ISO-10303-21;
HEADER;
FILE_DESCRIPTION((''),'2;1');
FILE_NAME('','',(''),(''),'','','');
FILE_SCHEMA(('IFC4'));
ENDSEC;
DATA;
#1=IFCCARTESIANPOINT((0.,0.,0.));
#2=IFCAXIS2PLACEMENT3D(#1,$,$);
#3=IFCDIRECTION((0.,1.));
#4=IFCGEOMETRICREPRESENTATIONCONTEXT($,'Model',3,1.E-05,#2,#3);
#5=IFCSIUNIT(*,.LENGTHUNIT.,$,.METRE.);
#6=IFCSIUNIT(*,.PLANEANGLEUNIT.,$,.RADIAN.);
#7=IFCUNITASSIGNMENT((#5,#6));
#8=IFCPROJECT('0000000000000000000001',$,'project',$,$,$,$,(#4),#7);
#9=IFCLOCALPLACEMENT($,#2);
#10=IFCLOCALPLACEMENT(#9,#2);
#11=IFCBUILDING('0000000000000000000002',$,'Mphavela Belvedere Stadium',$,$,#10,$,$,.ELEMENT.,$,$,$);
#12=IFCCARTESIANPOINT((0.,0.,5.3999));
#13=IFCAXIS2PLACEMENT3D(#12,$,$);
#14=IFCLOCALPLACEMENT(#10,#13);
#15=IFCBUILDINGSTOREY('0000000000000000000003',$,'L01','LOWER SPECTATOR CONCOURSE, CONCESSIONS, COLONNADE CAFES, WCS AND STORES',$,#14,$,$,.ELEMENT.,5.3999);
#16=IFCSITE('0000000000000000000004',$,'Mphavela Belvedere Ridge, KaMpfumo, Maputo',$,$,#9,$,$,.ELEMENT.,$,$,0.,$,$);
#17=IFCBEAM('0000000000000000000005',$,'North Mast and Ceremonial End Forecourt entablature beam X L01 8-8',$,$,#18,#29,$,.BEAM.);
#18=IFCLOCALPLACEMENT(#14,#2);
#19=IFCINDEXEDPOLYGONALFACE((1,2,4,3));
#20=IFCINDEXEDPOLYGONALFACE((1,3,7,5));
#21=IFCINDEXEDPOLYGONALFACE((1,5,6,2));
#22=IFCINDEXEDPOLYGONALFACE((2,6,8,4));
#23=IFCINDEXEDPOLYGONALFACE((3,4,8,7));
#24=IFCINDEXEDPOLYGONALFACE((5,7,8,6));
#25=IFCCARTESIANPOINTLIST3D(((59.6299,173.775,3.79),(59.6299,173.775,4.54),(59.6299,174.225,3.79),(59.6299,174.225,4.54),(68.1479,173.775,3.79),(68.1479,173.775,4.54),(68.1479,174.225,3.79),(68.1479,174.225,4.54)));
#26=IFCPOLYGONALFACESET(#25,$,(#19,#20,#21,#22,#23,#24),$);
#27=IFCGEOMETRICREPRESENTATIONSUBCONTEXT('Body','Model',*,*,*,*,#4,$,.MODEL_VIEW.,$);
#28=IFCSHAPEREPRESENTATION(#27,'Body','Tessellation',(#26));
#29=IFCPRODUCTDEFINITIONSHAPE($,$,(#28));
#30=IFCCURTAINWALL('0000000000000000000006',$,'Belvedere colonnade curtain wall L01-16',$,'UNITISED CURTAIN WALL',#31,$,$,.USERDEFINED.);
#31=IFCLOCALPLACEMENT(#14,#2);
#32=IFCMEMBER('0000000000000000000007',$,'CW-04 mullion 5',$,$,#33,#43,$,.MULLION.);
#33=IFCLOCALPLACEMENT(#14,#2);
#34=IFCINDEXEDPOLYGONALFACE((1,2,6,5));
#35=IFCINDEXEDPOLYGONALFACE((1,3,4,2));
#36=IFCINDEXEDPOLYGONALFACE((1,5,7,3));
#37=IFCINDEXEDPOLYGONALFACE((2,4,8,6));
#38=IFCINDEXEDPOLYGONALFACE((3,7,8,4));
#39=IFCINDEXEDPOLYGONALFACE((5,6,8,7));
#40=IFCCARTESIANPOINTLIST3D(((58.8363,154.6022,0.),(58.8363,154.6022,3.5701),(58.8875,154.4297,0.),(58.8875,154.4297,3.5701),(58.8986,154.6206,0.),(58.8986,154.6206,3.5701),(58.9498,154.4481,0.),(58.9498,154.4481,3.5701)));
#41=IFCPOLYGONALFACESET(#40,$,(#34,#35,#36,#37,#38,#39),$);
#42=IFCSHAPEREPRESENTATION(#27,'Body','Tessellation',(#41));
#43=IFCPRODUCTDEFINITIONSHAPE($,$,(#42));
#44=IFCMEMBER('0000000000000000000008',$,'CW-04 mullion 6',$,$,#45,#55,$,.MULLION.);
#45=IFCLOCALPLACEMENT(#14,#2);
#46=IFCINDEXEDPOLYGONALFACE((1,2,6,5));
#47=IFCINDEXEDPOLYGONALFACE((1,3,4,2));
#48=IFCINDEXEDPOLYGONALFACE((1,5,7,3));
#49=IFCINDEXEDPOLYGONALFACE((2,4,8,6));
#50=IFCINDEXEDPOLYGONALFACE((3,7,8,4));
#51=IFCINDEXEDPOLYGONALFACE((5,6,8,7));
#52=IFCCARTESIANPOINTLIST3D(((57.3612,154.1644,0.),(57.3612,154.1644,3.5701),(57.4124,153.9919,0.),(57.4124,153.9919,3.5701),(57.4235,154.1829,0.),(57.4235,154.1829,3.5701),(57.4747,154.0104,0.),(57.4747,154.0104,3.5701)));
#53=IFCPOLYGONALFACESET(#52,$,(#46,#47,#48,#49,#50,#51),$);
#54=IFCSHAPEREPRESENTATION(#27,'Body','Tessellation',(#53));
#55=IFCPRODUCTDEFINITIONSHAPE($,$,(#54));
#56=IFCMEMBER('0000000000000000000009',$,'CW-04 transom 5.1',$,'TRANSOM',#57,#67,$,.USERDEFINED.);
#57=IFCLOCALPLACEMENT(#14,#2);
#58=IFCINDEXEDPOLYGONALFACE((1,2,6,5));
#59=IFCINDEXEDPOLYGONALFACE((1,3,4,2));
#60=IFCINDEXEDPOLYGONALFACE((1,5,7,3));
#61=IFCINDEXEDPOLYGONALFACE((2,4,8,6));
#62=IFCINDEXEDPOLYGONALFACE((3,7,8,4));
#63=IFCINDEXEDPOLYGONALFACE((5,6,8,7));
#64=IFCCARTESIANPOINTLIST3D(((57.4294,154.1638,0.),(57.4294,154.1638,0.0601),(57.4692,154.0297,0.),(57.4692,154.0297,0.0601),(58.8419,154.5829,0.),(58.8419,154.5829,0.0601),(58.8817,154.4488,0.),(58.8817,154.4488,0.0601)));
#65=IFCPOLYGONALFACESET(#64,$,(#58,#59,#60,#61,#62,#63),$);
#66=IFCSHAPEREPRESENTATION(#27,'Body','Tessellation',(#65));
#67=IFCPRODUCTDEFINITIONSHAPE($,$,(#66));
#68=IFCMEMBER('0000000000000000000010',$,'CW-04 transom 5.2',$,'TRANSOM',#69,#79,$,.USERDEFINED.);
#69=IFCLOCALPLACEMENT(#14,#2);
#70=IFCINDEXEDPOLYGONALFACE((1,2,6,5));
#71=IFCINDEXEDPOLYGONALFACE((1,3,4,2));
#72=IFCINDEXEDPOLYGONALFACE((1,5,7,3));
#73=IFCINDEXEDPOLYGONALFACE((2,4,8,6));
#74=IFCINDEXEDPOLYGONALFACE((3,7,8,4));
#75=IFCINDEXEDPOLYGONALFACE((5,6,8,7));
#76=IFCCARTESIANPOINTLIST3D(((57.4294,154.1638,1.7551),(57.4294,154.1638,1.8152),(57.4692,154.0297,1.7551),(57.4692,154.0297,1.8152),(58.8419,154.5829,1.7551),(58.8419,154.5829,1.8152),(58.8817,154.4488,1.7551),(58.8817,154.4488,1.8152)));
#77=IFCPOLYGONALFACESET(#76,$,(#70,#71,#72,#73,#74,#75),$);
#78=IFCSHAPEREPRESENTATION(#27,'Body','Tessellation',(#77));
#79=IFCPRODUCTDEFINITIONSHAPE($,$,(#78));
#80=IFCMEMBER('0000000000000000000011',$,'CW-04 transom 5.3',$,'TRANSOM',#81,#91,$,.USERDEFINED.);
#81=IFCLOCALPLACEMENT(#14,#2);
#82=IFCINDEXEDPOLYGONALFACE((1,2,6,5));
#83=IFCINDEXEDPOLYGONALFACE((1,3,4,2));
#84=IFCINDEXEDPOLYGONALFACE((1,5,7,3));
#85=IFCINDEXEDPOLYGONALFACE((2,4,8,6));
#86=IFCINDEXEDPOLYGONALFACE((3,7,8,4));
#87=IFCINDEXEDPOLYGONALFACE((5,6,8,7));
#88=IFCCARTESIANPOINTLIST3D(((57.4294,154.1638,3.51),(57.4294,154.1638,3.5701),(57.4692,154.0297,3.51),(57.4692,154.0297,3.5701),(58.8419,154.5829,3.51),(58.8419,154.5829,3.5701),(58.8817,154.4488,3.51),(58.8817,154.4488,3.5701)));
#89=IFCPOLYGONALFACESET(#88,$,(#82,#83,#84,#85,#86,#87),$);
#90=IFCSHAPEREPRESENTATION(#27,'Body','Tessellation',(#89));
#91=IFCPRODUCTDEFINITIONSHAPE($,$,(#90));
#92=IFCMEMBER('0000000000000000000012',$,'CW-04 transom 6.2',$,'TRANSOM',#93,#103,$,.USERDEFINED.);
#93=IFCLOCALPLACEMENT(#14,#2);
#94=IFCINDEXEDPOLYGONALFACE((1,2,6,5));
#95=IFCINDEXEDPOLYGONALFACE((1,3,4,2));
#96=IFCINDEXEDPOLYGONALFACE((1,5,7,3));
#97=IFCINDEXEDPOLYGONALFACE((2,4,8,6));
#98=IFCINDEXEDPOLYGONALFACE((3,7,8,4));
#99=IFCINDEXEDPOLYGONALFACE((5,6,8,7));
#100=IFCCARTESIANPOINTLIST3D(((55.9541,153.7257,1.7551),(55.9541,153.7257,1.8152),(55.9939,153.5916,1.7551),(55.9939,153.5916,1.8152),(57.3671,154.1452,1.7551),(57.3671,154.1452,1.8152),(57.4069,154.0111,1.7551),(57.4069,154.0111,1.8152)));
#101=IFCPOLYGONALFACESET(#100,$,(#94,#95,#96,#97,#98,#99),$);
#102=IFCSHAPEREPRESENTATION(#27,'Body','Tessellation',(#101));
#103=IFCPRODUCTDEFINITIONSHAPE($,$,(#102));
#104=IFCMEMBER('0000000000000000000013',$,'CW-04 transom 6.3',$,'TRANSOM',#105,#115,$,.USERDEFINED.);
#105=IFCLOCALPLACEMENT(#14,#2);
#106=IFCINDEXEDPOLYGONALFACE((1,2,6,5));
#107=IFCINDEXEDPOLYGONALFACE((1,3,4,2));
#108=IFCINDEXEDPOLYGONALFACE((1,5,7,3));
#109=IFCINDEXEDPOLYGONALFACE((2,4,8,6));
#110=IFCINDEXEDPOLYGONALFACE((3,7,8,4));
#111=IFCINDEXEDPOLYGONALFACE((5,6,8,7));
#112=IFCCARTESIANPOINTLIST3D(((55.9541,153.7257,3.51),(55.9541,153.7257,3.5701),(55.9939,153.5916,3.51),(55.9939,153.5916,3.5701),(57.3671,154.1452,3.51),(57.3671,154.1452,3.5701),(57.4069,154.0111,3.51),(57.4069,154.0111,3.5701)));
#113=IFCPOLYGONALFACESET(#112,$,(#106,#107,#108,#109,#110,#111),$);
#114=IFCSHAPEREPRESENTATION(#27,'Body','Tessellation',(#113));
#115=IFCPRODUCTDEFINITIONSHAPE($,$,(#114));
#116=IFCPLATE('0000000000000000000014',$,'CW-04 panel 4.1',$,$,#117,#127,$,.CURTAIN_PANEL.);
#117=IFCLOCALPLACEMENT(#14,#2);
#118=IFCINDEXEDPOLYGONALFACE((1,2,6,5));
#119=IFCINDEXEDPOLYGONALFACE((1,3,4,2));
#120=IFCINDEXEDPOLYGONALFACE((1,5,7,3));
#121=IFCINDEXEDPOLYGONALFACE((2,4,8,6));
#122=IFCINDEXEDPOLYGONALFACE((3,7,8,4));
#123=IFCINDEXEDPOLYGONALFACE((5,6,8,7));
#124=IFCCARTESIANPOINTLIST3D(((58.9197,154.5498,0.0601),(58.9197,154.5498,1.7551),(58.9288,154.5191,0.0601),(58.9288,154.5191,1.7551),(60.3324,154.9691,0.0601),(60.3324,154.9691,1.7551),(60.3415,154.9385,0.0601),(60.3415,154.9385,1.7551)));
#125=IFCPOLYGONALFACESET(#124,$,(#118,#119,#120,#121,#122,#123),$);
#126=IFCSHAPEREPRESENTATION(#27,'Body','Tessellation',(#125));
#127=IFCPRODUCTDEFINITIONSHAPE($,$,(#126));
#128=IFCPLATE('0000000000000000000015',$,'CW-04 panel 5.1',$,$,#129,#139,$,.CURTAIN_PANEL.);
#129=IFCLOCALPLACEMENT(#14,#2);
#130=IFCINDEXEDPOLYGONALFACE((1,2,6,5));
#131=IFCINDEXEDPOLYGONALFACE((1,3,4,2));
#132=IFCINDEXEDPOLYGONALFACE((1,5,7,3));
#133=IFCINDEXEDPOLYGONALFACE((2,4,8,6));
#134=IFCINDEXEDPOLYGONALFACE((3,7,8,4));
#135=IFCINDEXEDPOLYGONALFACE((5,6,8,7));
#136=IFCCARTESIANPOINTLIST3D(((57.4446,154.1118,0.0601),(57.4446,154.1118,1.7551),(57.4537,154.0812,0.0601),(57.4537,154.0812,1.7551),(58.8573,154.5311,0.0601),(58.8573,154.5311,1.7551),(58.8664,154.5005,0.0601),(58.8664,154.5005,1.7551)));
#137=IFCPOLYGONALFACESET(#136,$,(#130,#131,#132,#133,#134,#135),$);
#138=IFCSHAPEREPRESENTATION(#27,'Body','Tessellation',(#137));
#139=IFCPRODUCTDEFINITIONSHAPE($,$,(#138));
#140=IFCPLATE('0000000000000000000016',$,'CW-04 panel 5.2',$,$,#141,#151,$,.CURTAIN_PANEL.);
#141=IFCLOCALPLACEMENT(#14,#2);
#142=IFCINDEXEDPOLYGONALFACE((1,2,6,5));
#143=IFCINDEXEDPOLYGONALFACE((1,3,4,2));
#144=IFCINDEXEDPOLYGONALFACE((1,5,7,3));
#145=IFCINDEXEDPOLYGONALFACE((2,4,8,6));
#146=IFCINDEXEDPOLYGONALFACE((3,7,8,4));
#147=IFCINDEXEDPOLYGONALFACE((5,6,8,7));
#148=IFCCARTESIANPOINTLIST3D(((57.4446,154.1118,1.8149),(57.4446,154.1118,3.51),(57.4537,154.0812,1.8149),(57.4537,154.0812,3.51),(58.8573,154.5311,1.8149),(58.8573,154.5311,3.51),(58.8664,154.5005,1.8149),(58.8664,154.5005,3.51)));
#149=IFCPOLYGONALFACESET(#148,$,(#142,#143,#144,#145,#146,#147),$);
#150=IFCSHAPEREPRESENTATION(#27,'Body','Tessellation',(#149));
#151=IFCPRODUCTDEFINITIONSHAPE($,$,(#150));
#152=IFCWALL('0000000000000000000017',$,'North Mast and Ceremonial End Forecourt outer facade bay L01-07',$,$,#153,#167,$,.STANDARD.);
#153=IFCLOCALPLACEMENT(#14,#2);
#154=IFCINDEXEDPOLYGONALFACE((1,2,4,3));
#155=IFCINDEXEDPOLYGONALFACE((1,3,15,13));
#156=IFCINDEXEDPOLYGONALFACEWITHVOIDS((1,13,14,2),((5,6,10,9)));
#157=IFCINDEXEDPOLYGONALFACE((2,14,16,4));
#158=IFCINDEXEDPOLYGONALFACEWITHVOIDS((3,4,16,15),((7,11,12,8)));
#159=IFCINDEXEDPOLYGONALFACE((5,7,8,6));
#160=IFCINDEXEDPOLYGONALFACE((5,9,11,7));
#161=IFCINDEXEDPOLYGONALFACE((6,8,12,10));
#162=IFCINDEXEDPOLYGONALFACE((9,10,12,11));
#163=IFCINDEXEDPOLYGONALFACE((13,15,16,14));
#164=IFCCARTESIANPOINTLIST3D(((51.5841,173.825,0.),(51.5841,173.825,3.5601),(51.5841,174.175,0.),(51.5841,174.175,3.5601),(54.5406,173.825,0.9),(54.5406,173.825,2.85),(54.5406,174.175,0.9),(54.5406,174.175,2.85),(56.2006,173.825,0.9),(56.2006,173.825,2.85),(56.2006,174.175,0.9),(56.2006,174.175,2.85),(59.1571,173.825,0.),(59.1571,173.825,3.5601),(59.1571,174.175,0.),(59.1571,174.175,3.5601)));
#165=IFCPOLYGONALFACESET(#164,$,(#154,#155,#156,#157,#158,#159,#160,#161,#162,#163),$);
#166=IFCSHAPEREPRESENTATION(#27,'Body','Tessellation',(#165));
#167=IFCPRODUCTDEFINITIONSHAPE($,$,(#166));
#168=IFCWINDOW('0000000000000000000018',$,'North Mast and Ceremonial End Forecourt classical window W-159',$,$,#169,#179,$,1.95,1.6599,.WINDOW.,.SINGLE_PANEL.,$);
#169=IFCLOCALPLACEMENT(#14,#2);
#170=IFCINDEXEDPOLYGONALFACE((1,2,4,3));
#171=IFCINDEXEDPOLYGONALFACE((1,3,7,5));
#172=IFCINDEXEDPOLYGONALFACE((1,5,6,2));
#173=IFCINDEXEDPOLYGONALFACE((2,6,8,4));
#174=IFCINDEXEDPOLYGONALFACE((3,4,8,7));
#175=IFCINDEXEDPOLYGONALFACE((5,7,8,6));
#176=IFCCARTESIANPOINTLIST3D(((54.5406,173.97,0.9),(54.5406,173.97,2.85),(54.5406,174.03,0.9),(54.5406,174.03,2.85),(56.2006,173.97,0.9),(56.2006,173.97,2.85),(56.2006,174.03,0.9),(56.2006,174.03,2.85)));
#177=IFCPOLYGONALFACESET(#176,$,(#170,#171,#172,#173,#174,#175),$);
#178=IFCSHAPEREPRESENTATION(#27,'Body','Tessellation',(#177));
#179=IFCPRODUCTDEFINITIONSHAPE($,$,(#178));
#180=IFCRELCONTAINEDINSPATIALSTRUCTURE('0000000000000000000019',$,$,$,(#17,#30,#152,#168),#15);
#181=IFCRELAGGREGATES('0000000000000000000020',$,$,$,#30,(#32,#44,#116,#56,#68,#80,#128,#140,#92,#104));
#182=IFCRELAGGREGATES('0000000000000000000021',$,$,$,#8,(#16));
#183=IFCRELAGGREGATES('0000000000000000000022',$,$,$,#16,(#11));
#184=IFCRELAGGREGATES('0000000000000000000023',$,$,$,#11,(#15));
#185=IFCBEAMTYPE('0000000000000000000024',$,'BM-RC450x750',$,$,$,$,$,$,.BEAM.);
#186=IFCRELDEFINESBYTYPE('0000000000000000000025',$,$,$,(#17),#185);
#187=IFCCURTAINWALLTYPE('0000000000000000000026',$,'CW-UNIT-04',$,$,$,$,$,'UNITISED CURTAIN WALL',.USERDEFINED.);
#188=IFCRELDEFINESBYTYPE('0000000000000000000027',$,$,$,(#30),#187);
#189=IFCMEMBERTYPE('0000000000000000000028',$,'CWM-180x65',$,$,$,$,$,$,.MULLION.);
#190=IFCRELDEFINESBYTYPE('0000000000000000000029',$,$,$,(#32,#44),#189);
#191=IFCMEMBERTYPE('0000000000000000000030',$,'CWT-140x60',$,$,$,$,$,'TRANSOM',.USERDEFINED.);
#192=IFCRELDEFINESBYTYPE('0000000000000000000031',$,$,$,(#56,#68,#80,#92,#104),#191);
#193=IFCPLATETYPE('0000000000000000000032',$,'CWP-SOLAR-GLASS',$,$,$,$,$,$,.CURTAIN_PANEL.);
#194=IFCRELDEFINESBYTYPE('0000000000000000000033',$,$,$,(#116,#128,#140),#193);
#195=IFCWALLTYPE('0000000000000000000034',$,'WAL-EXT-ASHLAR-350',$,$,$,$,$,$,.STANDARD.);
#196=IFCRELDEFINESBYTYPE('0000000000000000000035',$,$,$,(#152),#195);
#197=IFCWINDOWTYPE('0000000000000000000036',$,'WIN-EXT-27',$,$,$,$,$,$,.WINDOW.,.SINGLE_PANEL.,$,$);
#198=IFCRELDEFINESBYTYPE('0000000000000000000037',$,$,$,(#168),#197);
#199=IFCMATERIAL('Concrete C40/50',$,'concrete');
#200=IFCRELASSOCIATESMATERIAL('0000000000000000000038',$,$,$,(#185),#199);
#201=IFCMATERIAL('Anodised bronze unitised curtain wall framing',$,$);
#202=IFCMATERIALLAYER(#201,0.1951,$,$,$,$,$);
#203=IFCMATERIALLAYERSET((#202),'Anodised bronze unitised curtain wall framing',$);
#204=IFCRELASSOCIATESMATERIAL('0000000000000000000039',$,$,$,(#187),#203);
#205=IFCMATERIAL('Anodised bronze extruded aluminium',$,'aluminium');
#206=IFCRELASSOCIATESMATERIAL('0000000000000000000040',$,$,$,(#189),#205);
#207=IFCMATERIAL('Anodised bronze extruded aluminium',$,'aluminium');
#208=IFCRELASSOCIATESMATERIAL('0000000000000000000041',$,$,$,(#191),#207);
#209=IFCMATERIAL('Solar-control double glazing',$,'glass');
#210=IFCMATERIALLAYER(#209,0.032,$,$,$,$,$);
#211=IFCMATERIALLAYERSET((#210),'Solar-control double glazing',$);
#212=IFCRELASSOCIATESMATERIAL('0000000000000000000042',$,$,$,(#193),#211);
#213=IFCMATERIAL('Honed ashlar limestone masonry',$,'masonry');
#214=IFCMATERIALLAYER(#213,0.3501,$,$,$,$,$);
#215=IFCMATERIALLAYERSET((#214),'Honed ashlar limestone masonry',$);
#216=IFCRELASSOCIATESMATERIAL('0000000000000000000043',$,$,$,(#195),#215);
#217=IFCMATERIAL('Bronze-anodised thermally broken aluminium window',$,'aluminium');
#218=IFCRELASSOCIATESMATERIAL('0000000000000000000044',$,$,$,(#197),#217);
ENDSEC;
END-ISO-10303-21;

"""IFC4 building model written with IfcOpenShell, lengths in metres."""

from ifc_helpers import new_model, si_unit, direction, frame, frame_2d, origin, origin_2d, place, context, subcontext, project, spatial, rectangle, extrude, material, layer, layer_set, material_profile, profile_set, type_object, element, fill, aggregate, save


model = new_model("IFC4")

# Units and contexts
model_context = context("Model", 3, precision=1e-05, world=origin(), true_north=direction((0.0, 1.0)))
body_context = subcontext(model_context, "Body", "Model", "MODEL_VIEW")
ifc_project = project(units=[si_unit("LENGTHUNIT", "METRE"), si_unit("PLANEANGLEUNIT", "RADIAN")], contexts=[model_context])

# Site, building, storey
site_placement = place(None, origin())
site = spatial("IfcSite", under=ifc_project, at=site_placement, Name="Mphavela Belvedere Ridge, KaMpfumo, Maputo", CompositionType="ELEMENT", RefElevation=0.0)
building_placement = place(site_placement, origin())
building = spatial("IfcBuilding", under=site, at=building_placement, Name="Mphavela Belvedere Stadium", CompositionType="ELEMENT")
storey_placement = place(building_placement, frame((0.0, 0.0, 5.3999)))
storey = spatial("IfcBuildingStorey", under=building, at=storey_placement, Name="L01", Description="LOWER SPECTATOR CONCOURSE, CONCESSIONS, COLONNADE CAFES, WCS AND STORES", CompositionType="ELEMENT", Elevation=5.3999)

# Beam
ifc_material_1 = material(Name="Concrete C40/50", Category="concrete")
ifc_material_profile_1 = material_profile(ifc_material_1, rectangle(XDim=0.45, YDim=0.75, at=origin_2d()), Name="RC 450x750")
ifc_profile_set_1 = profile_set([ifc_material_profile_1], Name="Concrete C40/50")
beam_type_1 = type_object("IfcBeamType", Name="BM-RC450x750", PredefinedType="BEAM", material=ifc_profile_set_1)
beam_1_placement = place(storey_placement, frame((59.6299, 174.0, 4.165), z_axis=(1.0, 0.0, 0.0), x_axis=(0.0, 1.0, 0.0)))
element("IfcBeam", 1, at=beam_1_placement, inside=storey, type_object=beam_type_1, Name="North Mast and Ceremonial End Forecourt entablature beam X L01 8-8", PredefinedType="BEAM", context=body_context, shape_type="SweptSolid", body=[
    extrude(rectangle(XDim=0.45, YDim=0.75, at=origin_2d()), origin(), (0.0, 0.0, 1.0), 8.5181),
])

# Curtain wall, members, plates
ifc_material_2 = material(Name="Anodised bronze unitised curtain wall framing")
ifc_layer_1 = layer(ifc_material_2, 0.1951)
ifc_layer_set_1 = layer_set([ifc_layer_1], Name="Anodised bronze unitised curtain wall framing")
curtain_wall_type = type_object("IfcCurtainWallType", Name="CW-UNIT-04", ElementType="UNITISED CURTAIN WALL", PredefinedType="USERDEFINED", material=ifc_layer_set_1)
curtain_wall_placement = place(storey_placement, origin())
curtain_wall = element("IfcCurtainWall", 2, at=curtain_wall_placement, inside=storey, type_object=curtain_wall_type, Name="Belvedere colonnade curtain wall L01-16", ObjectType="UNITISED CURTAIN WALL", PredefinedType="USERDEFINED")
ifc_material_3 = material(Name="Anodised bronze extruded aluminium", Category="aluminium")
ifc_material_profile_2 = material_profile(ifc_material_3, rectangle(XDim=0.1799, YDim=0.0649, at=origin_2d()), Name="CW-MUL 180x65")
ifc_profile_set_2 = profile_set([ifc_material_profile_2], Name="Anodised bronze extruded aluminium")
member_type_1 = type_object("IfcMemberType", Name="CWM-180x65", PredefinedType="MULLION", material=ifc_profile_set_2)
member_1_placement = place(storey_placement, frame((58.8931, 154.5251, 0.0), z_axis=(0.0, 0.0, 1.0), x_axis=(0.284551, -0.958661, 0.0)))
member_1 = element("IfcMember", 3, at=member_1_placement, type_object=member_type_1, Name="CW-04 mullion 5", PredefinedType="MULLION", context=body_context, shape_type="SweptSolid", body=[
    extrude(rectangle(XDim=0.1799, YDim=0.0649, at=origin_2d()), origin(), (0.0, 0.0, 1.0), 3.5701),
])
member_2_placement = place(storey_placement, frame((57.418, 154.0874, 0.0), z_axis=(0.0, 0.0, 1.0), x_axis=(0.284551, -0.958661, 0.0)))
member_2 = element("IfcMember", 4, at=member_2_placement, type_object=member_type_1, Name="CW-04 mullion 6", PredefinedType="MULLION", context=body_context, shape_type="SweptSolid", body=[
    extrude(rectangle(XDim=0.1799, YDim=0.0649, at=origin_2d()), origin(), (0.0, 0.0, 1.0), 3.5701),
])
ifc_material_4 = material(Name="Anodised bronze extruded aluminium", Category="aluminium")
ifc_material_profile_3 = material_profile(ifc_material_4, rectangle(XDim=0.1399, YDim=0.0601, at=origin_2d()), Name="CW-TRN 140x60")
ifc_profile_set_3 = profile_set([ifc_material_profile_3], Name="Anodised bronze extruded aluminium")
member_type_2 = type_object("IfcMemberType", Name="CWT-140x60", ElementType="TRANSOM", PredefinedType="USERDEFINED", material=ifc_profile_set_3)
member_3_placement = place(storey_placement, frame((58.8618, 154.5159, 0.03), z_axis=(-0.958679, -0.284489, 0.0), x_axis=(0.284489, -0.958679, 0.0)))
member_3 = element("IfcMember", 5, at=member_3_placement, type_object=member_type_2, Name="CW-04 transom 5.1", ObjectType="TRANSOM", PredefinedType="USERDEFINED", context=body_context, shape_type="SweptSolid", body=[
    extrude(rectangle(XDim=0.1399, YDim=0.0601, at=origin_2d()), origin(), (0.0, 0.0, 1.0), 1.4734),
])
member_4_placement = place(storey_placement, frame((58.8618, 154.5159, 1.7852), z_axis=(-0.958679, -0.284489, 0.0), x_axis=(0.284489, -0.958679, 0.0)))
member_4 = element("IfcMember", 6, at=member_4_placement, type_object=member_type_2, Name="CW-04 transom 5.2", ObjectType="TRANSOM", PredefinedType="USERDEFINED", context=body_context, shape_type="SweptSolid", body=[
    extrude(rectangle(XDim=0.1399, YDim=0.0601, at=origin_2d()), origin(), (0.0, 0.0, 1.0), 1.4734),
])
member_5_placement = place(storey_placement, frame((58.8618, 154.5159, 3.54), z_axis=(-0.958679, -0.284489, 0.0), x_axis=(0.284489, -0.958679, 0.0)))
member_5 = element("IfcMember", 7, at=member_5_placement, type_object=member_type_2, Name="CW-04 transom 5.3", ObjectType="TRANSOM", PredefinedType="USERDEFINED", context=body_context, shape_type="SweptSolid", body=[
    extrude(rectangle(XDim=0.1399, YDim=0.0601, at=origin_2d()), origin(), (0.0, 0.0, 1.0), 1.4734),
])
member_6_placement = place(storey_placement, frame((57.387, 154.0781, 1.7852), z_axis=(-0.958648, -0.284596, 0.0), x_axis=(0.284596, -0.958648, 0.0)))
member_6 = element("IfcMember", 8, at=member_6_placement, type_object=member_type_2, Name="CW-04 transom 6.2", ObjectType="TRANSOM", PredefinedType="USERDEFINED", context=body_context, shape_type="SweptSolid", body=[
    extrude(rectangle(XDim=0.1399, YDim=0.0601, at=origin_2d()), origin(), (0.0, 0.0, 1.0), 1.4739),
])
member_7_placement = place(storey_placement, frame((57.387, 154.0781, 3.54), z_axis=(-0.958648, -0.284596, 0.0), x_axis=(0.284596, -0.958648, 0.0)))
member_7 = element("IfcMember", 9, at=member_7_placement, type_object=member_type_2, Name="CW-04 transom 6.3", ObjectType="TRANSOM", PredefinedType="USERDEFINED", context=body_context, shape_type="SweptSolid", body=[
    extrude(rectangle(XDim=0.1399, YDim=0.0601, at=origin_2d()), origin(), (0.0, 0.0, 1.0), 1.4739),
])
ifc_material_5 = material(Name="Solar-control double glazing", Category="glass")
ifc_layer_2 = layer(ifc_material_5, 0.032)
ifc_layer_set_2 = layer_set([ifc_layer_2], Name="Solar-control double glazing")
plate_type = type_object("IfcPlateType", Name="CWP-SOLAR-GLASS", PredefinedType="CURTAIN_PANEL", material=ifc_layer_set_2)
plate_1_placement = place(storey_placement, frame((59.6306, 154.7441, 0.0601), z_axis=(0.0, 0.0, 1.0), x_axis=(-0.958661, -0.284551, 0.0)))
plate_1 = element("IfcPlate", 10, at=plate_1_placement, type_object=plate_type, Name="CW-04 panel 4.1", PredefinedType="CURTAIN_PANEL", context=body_context, shape_type="SweptSolid", body=[
    extrude(rectangle(XDim=1.4736, YDim=0.032, at=origin_2d()), origin(), (0.0, 0.0, 1.0), 1.6951),
])
plate_2_placement = place(storey_placement, frame((58.1555, 154.3062, 0.0601), z_axis=(0.0, 0.0, 1.0), x_axis=(-0.958661, -0.284551, 0.0)))
plate_2 = element("IfcPlate", 11, at=plate_2_placement, type_object=plate_type, Name="CW-04 panel 5.1", PredefinedType="CURTAIN_PANEL", context=body_context, shape_type="SweptSolid", body=[
    extrude(rectangle(XDim=1.4736, YDim=0.032, at=origin_2d()), origin(), (0.0, 0.0, 1.0), 1.6951),
])
plate_3_placement = place(storey_placement, frame((58.1555, 154.3062, 1.8149), z_axis=(0.0, 0.0, 1.0), x_axis=(-0.958661, -0.284551, 0.0)))
plate_3 = element("IfcPlate", 12, at=plate_3_placement, type_object=plate_type, Name="CW-04 panel 5.2", PredefinedType="CURTAIN_PANEL", context=body_context, shape_type="SweptSolid", body=[
    extrude(rectangle(XDim=1.4736, YDim=0.032, at=origin_2d()), origin(), (0.0, 0.0, 1.0), 1.6951),
])
aggregate(curtain_wall, [member_1, member_2, plate_1, member_3, member_4, member_5, plate_2, plate_3, member_6, member_7])

# Wall, opening, window
ifc_material_6 = material(Name="Honed ashlar limestone masonry", Category="masonry")
ifc_layer_3 = layer(ifc_material_6, 0.3501)
ifc_layer_set_3 = layer_set([ifc_layer_3], Name="Honed ashlar limestone masonry")
wall_type_1 = type_object("IfcWallType", Name="WAL-EXT-ASHLAR-350", PredefinedType="STANDARD", material=ifc_layer_set_3)
wall_1_placement = place(storey_placement, frame((51.584, 174.0, 0.0), z_axis=(0.0, 0.0, 1.0), x_axis=(1.0, 0.0, 0.0)))
wall_1 = element("IfcWall", 13, at=wall_1_placement, inside=storey, type_object=wall_type_1, Name="North Mast and Ceremonial End Forecourt outer facade bay L01-07", PredefinedType="STANDARD", context=body_context, shape_type="SweptSolid", body=[
    extrude(rectangle(XDim=7.573, YDim=0.3501, at=frame_2d((3.7866, 0.0))), origin(), (0.0, 0.0, 1.0), 3.5601),
])
opening_1_placement = place(wall_1_placement, frame((2.9565, 0.0, 0.8999)))
opening_1 = element("IfcOpeningElement", 14, at=opening_1_placement, cuts=wall_1, PredefinedType="OPENING", context=body_context, shape_type="SweptSolid", body=[
    extrude(rectangle(XDim=1.6599, YDim=1.95, at=frame_2d((0.8301, 0.9751))), frame((0.0, 0.1851, 0.0), z_axis=(0.0, -1.0, 0.0), x_axis=(1.0, 0.0, 0.0)), (0.0, 0.0, 1.0), 0.3701),
])
ifc_material_7 = material(Name="Bronze-anodised thermally broken aluminium window", Category="aluminium")
window_type = type_object("IfcWindowType", Name="WIN-EXT-27", PartitioningType="SINGLE_PANEL", PredefinedType="WINDOW", material=ifc_material_7)
window_placement = place(opening_1_placement, origin())
window = element("IfcWindow", 15, at=window_placement, inside=storey, type_object=window_type, Name="North Mast and Ceremonial End Forecourt classical window W-159", OverallHeight=1.95, OverallWidth=1.6599, PartitioningType="SINGLE_PANEL", PredefinedType="WINDOW", context=body_context, shape_type="SweptSolid", body=[
    extrude(rectangle(XDim=1.6599, YDim=1.95, at=frame_2d((0.8301, 0.9751))), frame((0.0, 0.03, 0.0), z_axis=(0.0, -1.0, 0.0), x_axis=(1.0, 0.0, 0.0)), (0.0, 0.0, 1.0), 0.0601),
])
fill(opening_1, window)

save(model, "model.ifc")
